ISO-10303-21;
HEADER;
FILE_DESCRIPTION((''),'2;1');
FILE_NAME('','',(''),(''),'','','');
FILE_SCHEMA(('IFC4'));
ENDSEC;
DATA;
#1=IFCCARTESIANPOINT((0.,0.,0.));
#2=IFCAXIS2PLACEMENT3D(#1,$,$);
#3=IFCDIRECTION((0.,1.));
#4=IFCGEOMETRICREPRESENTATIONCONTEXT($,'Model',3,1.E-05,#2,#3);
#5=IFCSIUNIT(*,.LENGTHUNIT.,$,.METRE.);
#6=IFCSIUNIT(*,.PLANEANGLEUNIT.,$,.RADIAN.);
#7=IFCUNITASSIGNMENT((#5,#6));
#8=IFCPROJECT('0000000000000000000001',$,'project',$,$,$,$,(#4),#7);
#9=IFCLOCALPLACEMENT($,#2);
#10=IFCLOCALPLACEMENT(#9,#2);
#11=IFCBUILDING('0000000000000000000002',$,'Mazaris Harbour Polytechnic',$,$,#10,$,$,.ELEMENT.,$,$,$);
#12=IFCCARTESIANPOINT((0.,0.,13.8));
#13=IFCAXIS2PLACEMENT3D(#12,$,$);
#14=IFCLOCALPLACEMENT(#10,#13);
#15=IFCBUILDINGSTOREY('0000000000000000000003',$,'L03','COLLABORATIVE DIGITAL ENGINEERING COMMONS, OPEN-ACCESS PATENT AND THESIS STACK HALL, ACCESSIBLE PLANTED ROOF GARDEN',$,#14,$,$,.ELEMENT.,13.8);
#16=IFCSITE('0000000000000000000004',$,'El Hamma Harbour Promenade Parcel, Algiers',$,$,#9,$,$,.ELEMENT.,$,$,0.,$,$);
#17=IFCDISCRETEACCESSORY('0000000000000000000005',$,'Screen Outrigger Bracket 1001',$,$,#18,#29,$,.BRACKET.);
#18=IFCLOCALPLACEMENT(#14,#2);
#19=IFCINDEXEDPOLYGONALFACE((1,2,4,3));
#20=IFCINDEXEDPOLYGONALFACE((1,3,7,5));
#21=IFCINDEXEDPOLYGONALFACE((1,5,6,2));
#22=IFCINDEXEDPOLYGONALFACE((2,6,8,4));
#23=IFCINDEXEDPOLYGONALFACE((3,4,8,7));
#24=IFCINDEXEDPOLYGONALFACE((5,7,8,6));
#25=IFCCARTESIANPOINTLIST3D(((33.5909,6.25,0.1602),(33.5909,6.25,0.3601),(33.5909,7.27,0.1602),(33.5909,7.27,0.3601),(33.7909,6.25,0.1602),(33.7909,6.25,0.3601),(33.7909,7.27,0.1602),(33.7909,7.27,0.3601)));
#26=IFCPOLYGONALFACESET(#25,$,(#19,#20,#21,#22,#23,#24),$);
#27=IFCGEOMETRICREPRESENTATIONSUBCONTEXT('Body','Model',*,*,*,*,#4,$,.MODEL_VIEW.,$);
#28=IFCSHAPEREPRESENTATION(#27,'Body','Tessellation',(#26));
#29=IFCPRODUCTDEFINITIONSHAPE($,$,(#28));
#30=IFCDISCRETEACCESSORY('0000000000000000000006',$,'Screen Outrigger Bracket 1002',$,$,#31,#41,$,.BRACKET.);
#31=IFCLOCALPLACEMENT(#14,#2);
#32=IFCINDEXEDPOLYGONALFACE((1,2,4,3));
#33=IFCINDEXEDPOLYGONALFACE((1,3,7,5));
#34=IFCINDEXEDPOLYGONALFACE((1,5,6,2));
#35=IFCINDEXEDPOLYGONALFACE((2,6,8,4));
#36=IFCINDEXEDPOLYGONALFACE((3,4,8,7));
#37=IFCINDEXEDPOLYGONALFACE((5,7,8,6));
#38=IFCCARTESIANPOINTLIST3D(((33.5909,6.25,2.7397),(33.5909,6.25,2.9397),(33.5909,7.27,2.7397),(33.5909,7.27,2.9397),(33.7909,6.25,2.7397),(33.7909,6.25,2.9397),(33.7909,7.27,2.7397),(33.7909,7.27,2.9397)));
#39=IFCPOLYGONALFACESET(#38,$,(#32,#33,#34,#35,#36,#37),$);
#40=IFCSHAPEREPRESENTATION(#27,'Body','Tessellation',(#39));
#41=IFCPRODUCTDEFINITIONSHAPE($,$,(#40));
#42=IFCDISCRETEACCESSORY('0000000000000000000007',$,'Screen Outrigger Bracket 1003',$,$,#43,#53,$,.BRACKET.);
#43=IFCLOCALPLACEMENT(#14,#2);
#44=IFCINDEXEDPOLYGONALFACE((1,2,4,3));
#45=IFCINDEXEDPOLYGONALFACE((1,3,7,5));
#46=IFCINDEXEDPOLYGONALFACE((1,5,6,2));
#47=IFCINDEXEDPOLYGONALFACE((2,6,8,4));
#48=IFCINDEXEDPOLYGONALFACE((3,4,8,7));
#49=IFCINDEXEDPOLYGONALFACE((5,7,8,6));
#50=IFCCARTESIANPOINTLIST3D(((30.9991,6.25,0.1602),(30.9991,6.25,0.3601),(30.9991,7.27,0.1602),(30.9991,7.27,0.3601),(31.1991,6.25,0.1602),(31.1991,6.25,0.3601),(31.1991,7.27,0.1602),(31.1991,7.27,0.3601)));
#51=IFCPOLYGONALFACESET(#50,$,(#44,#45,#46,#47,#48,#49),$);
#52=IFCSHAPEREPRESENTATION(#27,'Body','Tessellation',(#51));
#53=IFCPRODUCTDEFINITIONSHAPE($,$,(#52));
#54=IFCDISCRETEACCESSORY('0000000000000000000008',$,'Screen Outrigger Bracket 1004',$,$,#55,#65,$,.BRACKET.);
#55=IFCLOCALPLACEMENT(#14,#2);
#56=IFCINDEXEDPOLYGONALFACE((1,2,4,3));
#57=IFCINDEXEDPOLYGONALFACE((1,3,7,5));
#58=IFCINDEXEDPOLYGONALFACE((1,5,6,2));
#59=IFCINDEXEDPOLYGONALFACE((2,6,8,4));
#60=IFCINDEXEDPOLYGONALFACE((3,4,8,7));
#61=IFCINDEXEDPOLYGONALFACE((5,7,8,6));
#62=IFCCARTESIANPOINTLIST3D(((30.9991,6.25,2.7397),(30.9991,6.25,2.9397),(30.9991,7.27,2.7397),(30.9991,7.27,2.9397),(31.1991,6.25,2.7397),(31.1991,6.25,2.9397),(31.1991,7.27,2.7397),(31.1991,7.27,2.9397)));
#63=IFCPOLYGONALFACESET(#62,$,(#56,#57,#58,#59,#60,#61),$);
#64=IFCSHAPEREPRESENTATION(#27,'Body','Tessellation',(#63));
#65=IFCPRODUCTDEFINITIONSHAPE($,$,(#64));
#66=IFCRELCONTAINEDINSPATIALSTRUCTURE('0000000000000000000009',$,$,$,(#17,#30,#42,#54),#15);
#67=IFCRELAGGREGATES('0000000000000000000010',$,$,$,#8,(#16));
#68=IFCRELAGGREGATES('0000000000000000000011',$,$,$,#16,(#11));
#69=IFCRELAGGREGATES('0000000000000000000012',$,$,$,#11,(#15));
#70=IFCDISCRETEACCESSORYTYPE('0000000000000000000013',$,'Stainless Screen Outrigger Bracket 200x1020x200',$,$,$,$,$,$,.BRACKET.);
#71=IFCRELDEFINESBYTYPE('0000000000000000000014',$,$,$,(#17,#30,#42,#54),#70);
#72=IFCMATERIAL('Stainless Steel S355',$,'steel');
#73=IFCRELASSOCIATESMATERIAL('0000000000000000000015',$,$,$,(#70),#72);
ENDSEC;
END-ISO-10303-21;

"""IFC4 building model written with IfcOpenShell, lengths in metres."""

from ifc_helpers import new_model, si_unit, direction, frame, origin, origin_2d, place, context, subcontext, project, spatial, rectangle, extrude, material, type_object, element, save


model = new_model("IFC4")

# Units and contexts
model_context = context("Model", 3, precision=1e-05, world=origin(), true_north=direction((0.0, 1.0)))
body_context = subcontext(model_context, "Body", "Model", "MODEL_VIEW")
ifc_project = project(units=[si_unit("LENGTHUNIT", "METRE"), si_unit("PLANEANGLEUNIT", "RADIAN")], contexts=[model_context])

# Site, building, storey
site_placement = place(None, origin())
site = spatial("IfcSite", under=ifc_project, at=site_placement, Name="El Hamma Harbour Promenade Parcel, Algiers", CompositionType="ELEMENT", RefElevation=0.0)
building_placement = place(site_placement, origin())
building = spatial("IfcBuilding", under=site, at=building_placement, Name="Mazaris Harbour Polytechnic", CompositionType="ELEMENT")
storey_placement = place(building_placement, frame((0.0, 0.0, 13.8)))
storey = spatial("IfcBuildingStorey", under=building, at=storey_placement, Name="L03", Description="COLLABORATIVE DIGITAL ENGINEERING COMMONS, OPEN-ACCESS PATENT AND THESIS STACK HALL, ACCESSIBLE PLANTED ROOF GARDEN", CompositionType="ELEMENT", Elevation=13.8)

# Discrete accessories
ifc_material_1 = material(Name="Stainless Steel S355", Category="steel")
discrete_accessory_type = type_object("IfcDiscreteAccessoryType", Name="Stainless Screen Outrigger Bracket 200x1020x200", PredefinedType="BRACKET", material=ifc_material_1)
for number, where, z_axis, x_axis, name in (
    (1, (33.6909, 6.76, 0.1602), (0.0, 0.0, 1.0), (-1.0, 0.0, 0.0), "Screen Outrigger Bracket 1001"),
    (2, (33.6909, 6.76, 2.7397), (0.0, 0.0, 1.0), (-1.0, 0.0, 0.0), "Screen Outrigger Bracket 1002"),
    (3, (31.0991, 6.76, 0.1602), (0.0, 0.0, 1.0), (-1.0, 0.0, 0.0), "Screen Outrigger Bracket 1003"),
    (4, (31.0991, 6.76, 2.7397), (0.0, 0.0, 1.0), (-1.0, 0.0, 0.0), "Screen Outrigger Bracket 1004"),
):
    element("IfcDiscreteAccessory", number, at=place(storey_placement, frame(where, z_axis=z_axis, x_axis=x_axis)), inside=storey, type_object=discrete_accessory_type, Name=name, PredefinedType="BRACKET", context=body_context, shape_type="SweptSolid", body=[
        extrude(rectangle(XDim=0.2, YDim=1.02, at=origin_2d()), origin(), (0.0, 0.0, 1.0), 0.2),
    ])

save(model, "model.ifc")
